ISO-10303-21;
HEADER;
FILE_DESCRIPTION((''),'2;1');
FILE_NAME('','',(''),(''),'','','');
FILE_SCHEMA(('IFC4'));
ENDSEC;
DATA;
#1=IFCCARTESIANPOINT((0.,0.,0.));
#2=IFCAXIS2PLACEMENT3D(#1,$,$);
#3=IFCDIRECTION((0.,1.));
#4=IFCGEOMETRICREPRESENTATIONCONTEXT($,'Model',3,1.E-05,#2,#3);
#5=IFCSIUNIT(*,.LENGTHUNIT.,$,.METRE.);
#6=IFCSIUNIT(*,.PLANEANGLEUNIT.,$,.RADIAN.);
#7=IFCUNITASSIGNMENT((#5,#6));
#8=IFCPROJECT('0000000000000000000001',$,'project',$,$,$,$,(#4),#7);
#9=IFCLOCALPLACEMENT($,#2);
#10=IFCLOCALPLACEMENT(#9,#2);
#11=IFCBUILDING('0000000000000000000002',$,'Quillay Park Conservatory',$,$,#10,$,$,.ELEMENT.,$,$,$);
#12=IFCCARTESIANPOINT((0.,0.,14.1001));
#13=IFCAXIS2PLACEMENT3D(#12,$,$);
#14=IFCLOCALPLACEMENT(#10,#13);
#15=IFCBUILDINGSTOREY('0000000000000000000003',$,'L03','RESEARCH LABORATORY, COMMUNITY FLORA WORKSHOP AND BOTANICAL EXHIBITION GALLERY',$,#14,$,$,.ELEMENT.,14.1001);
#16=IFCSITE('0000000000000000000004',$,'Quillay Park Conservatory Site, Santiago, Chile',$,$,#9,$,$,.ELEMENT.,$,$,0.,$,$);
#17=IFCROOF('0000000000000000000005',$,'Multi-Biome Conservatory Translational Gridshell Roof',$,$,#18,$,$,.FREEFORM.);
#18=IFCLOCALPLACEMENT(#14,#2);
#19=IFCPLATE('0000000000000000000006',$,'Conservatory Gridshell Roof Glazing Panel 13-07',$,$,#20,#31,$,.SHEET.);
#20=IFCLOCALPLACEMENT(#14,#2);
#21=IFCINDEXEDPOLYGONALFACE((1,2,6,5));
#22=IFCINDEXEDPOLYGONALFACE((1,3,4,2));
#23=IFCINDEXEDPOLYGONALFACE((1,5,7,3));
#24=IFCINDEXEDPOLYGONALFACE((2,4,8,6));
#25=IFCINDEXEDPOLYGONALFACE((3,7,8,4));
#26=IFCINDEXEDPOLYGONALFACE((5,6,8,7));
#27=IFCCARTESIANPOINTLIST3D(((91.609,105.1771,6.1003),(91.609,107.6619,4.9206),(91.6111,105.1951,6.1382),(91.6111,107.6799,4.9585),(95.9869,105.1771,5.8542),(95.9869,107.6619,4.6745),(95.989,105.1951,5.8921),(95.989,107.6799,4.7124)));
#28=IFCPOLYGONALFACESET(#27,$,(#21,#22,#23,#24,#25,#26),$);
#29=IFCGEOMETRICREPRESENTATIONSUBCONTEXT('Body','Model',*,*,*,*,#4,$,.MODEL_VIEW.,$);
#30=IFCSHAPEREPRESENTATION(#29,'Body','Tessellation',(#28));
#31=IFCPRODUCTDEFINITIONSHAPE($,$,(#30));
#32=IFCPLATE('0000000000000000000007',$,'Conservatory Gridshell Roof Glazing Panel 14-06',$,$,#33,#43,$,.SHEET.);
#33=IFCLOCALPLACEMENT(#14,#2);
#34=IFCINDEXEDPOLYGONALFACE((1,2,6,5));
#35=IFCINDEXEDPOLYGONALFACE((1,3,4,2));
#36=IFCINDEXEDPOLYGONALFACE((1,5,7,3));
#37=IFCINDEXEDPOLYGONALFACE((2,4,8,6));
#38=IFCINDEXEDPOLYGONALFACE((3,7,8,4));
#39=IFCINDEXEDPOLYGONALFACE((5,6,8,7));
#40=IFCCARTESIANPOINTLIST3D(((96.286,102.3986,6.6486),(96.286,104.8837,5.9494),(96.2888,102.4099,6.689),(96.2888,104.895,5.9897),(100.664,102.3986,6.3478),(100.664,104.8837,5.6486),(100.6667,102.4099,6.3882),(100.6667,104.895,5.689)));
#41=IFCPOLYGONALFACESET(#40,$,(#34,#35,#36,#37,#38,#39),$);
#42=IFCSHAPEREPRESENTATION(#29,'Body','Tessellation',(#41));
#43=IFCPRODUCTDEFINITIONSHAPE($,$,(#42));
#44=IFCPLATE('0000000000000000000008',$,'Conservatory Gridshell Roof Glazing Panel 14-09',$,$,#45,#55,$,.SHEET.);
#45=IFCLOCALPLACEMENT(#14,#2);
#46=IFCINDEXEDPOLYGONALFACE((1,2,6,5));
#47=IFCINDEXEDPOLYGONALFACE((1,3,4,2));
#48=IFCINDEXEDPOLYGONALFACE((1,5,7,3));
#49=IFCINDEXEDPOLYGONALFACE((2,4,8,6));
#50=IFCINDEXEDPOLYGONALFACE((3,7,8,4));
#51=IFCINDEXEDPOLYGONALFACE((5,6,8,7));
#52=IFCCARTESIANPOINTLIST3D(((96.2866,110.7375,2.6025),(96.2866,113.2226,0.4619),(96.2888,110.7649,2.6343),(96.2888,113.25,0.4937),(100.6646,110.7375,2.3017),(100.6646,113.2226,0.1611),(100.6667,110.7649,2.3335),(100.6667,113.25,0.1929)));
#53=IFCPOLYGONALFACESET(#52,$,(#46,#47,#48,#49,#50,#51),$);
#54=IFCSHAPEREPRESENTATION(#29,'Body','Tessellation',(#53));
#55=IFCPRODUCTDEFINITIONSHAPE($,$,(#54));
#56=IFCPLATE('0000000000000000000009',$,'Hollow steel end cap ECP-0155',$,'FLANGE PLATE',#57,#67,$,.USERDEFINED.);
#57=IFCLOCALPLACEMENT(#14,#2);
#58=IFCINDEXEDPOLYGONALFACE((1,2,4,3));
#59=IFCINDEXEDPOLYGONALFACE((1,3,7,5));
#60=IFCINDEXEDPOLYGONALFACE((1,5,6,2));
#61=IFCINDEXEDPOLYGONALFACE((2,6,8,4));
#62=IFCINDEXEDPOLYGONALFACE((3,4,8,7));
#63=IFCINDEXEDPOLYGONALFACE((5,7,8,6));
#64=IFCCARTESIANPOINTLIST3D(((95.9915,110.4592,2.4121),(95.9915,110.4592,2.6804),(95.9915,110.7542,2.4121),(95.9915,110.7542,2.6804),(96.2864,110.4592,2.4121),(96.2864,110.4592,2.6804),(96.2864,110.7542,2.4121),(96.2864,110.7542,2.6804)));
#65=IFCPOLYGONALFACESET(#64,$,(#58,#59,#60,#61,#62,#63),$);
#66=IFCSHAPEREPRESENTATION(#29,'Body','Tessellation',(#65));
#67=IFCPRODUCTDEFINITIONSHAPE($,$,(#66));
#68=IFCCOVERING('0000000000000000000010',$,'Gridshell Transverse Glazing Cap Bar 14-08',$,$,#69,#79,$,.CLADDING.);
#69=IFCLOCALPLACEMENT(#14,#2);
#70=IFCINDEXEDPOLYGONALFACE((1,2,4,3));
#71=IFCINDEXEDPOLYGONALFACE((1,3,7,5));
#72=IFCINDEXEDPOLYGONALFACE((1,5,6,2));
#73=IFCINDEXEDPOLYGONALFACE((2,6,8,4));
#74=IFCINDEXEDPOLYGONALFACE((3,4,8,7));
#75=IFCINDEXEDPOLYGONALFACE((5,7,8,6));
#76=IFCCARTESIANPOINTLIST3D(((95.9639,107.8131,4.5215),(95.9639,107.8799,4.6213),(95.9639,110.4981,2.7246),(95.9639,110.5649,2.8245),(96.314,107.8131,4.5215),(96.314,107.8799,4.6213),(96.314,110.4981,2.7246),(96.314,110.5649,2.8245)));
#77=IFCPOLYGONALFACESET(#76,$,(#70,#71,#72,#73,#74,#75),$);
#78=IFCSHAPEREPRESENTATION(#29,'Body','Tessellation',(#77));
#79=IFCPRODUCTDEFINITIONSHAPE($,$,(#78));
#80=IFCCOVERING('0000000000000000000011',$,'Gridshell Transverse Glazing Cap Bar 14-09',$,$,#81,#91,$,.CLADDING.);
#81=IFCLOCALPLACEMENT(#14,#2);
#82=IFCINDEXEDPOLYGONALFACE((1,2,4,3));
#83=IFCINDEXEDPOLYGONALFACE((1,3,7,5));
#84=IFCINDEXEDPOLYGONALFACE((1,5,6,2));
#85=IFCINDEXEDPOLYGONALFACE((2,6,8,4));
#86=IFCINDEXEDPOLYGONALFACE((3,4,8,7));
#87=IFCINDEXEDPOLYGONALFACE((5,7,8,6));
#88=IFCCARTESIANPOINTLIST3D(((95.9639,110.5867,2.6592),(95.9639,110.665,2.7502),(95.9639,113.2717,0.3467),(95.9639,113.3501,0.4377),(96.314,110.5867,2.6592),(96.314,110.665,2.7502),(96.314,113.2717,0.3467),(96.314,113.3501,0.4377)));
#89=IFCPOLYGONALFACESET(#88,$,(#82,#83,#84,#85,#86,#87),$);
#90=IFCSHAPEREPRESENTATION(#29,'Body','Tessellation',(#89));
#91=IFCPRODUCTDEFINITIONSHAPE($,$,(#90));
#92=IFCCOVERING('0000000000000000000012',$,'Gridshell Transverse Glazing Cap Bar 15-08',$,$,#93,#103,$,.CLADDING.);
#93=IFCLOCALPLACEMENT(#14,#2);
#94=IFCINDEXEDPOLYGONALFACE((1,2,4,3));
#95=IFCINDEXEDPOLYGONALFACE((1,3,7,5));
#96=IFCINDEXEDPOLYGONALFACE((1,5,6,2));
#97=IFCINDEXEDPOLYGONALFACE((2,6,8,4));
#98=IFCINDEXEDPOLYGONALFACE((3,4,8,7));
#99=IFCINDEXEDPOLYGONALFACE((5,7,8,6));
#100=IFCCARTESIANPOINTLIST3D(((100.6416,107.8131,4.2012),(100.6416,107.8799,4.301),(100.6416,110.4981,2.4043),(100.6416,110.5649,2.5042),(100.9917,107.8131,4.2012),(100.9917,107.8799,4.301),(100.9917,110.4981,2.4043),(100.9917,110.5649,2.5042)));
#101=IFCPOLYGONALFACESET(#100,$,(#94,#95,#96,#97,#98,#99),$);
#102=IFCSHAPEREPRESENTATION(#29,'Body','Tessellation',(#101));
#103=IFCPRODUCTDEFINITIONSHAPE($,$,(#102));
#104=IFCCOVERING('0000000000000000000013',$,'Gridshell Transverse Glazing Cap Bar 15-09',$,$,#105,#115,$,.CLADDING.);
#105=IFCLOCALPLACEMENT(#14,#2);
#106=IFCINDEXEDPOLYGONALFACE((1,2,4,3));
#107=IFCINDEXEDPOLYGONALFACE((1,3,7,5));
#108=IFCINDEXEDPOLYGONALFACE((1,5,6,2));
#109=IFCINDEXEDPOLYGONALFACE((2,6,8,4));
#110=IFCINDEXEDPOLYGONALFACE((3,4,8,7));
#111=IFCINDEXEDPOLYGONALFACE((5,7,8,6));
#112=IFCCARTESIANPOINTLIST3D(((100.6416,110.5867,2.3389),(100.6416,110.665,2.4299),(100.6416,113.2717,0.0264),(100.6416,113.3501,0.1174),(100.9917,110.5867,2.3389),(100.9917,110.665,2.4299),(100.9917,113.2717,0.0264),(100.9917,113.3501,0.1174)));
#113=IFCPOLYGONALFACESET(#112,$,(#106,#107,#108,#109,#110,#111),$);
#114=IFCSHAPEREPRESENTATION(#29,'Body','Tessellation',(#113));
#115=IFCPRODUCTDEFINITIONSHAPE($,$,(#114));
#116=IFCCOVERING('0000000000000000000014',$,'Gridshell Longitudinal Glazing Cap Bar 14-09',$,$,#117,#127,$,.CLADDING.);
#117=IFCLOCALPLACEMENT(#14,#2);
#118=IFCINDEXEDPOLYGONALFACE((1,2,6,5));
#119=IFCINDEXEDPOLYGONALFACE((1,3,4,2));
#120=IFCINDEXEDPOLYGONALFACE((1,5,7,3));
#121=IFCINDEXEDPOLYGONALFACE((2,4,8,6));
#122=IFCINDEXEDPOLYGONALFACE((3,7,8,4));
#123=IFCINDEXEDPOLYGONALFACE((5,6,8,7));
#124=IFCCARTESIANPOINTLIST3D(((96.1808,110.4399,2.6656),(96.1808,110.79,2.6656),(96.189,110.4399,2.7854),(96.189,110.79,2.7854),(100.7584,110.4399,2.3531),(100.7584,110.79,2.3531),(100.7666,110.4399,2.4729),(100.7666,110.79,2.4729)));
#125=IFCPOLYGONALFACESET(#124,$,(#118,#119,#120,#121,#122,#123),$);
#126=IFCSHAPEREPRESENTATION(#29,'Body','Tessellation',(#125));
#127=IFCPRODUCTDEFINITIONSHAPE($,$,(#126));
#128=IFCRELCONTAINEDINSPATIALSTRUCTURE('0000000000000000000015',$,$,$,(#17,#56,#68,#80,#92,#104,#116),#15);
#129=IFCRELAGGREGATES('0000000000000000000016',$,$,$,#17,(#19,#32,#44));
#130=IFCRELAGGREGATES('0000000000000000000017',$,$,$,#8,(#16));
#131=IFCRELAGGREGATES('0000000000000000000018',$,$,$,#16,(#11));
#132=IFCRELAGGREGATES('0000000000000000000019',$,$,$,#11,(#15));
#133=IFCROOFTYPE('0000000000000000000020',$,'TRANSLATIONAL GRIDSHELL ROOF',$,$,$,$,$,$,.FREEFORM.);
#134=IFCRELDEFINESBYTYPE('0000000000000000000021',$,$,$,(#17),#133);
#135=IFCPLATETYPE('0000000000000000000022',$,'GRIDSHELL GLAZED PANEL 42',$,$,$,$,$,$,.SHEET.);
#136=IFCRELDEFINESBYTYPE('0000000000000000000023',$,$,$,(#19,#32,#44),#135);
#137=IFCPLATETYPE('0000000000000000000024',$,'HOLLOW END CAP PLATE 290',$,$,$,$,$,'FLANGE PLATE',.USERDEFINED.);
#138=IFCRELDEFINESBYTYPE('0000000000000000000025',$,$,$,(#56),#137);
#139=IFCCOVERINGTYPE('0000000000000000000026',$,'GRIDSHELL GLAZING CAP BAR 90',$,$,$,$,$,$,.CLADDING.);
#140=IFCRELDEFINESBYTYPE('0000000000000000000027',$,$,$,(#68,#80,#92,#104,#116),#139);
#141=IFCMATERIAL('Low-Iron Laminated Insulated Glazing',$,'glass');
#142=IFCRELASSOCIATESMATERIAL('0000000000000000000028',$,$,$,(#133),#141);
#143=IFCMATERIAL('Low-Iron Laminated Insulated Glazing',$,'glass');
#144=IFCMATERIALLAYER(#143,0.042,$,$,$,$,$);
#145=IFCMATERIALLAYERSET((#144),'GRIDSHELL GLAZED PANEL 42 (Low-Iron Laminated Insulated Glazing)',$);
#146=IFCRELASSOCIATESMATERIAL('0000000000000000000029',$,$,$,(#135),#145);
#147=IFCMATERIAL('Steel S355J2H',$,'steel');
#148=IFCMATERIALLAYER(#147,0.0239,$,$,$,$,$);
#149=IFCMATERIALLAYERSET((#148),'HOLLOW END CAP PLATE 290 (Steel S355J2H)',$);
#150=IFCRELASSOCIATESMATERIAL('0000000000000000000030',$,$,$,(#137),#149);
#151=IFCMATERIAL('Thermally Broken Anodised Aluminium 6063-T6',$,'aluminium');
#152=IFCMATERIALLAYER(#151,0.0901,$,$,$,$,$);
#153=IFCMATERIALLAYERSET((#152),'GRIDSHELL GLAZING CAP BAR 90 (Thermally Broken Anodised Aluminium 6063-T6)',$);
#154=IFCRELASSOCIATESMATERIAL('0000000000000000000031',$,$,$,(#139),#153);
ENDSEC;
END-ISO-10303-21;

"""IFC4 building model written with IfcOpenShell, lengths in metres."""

from ifc_helpers import new_model, si_unit, direction, frame, origin, origin_2d, place, context, subcontext, project, spatial, polyline, rectangle, outline, extrude, material, layer, layer_set, type_object, element, aggregate, save


model = new_model("IFC4")

# Units and contexts
model_context = context("Model", 3, precision=1e-05, world=origin(), true_north=direction((0.0, 1.0)))
body_context = subcontext(model_context, "Body", "Model", "MODEL_VIEW")
ifc_project = project(units=[si_unit("LENGTHUNIT", "METRE"), si_unit("PLANEANGLEUNIT", "RADIAN")], contexts=[model_context])

# Site, building, storey
site_placement = place(None, origin())
site = spatial("IfcSite", under=ifc_project, at=site_placement, Name="Quillay Park Conservatory Site, Santiago, Chile", CompositionType="ELEMENT", RefElevation=0.0)
building_placement = place(site_placement, origin())
building = spatial("IfcBuilding", under=site, at=building_placement, Name="Quillay Park Conservatory", CompositionType="ELEMENT")
storey_placement = place(building_placement, frame((0.0, 0.0, 14.1001)))
storey = spatial("IfcBuildingStorey", under=building, at=storey_placement, Name="L03", Description="RESEARCH LABORATORY, COMMUNITY FLORA WORKSHOP AND BOTANICAL EXHIBITION GALLERY", CompositionType="ELEMENT", Elevation=14.1001)

# Roof, plates
ifc_material_1 = material(Name="Low-Iron Laminated Insulated Glazing", Category="glass")
roof_type = type_object("IfcRoofType", Name="TRANSLATIONAL GRIDSHELL ROOF", PredefinedType="FREEFORM", material=ifc_material_1)
roof_placement = place(storey_placement, origin())
roof = element("IfcRoof", 1, at=roof_placement, inside=storey, type_object=roof_type, Name="Multi-Biome Conservatory Translational Gridshell Roof", PredefinedType="FREEFORM")
ifc_material_2 = material(Name="Low-Iron Laminated Insulated Glazing", Category="glass")
ifc_layer_1 = layer(ifc_material_2, 0.042)
ifc_layer_set_1 = layer_set([ifc_layer_1], Name="GRIDSHELL GLAZED PANEL 42 (Low-Iron Laminated Insulated Glazing)")
plate_type_1 = type_object("IfcPlateType", Name="GRIDSHELL GLAZED PANEL 42", PredefinedType="SHEET", material=ifc_layer_set_1)
plate_1_placement = place(storey_placement, frame((91.6111, 105.1951, 6.1382), z_axis=(0.050715, 0.42832, 0.902203), x_axis=(0.998424, 0.0, -0.056124)))
plate_1 = element("IfcPlate", 2, at=plate_1_placement, type_object=plate_type_1, Name="Conservatory Gridshell Roof Glazing Panel 13-07", PredefinedType="SHEET", context=body_context, shape_type="SweptSolid", body=[
    extrude(outline(polyline([(0.0, 0.0), (4.3848, 0.0), (4.451, 2.7499), (0.0662, 2.7499), (0.0, 0.0)])), origin(), (0.0, 0.0, -1.0), 0.042),
])
plate_2_placement = place(storey_placement, frame((96.2888, 102.4099, 6.689), z_axis=(0.065992, 0.270257, 0.960524), x_axis=(0.997648, 0.0, -0.068542)))
plate_2 = element("IfcPlate", 3, at=plate_2_placement, type_object=plate_type_1, Name="Conservatory Gridshell Roof Glazing Panel 14-06", PredefinedType="SHEET", context=body_context, shape_type="SweptSolid", body=[
    extrude(outline(polyline([(0.0, 0.0), (4.3882, 0.0), (4.4362, 2.5812), (0.0479, 2.5812), (0.0, 0.0)])), origin(), (0.0, 0.0, -1.0), 0.042),
])
plate_3_placement = place(storey_placement, frame((96.2888, 110.7649, 2.6343), z_axis=(0.051984, 0.651758, 0.756643), x_axis=(0.997648, 0.0, -0.068542)))
plate_3 = element("IfcPlate", 4, at=plate_3_placement, type_object=plate_type_1, Name="Conservatory Gridshell Roof Glazing Panel 14-09", PredefinedType="SHEET", context=body_context, shape_type="SweptSolid", body=[
    extrude(outline(polyline([(0.0, 0.0), (4.3882, 0.0), (4.535, 3.2767), (0.1467, 3.2767), (0.0, 0.0)])), origin(), (0.0, 0.0, -1.0), 0.042),
])
aggregate(roof, [plate_1, plate_2, plate_3])

# Plate
ifc_material_3 = material(Name="Steel S355J2H", Category="steel")
ifc_layer_2 = layer(ifc_material_3, 0.0239)
ifc_layer_set_2 = layer_set([ifc_layer_2], Name="HOLLOW END CAP PLATE 290 (Steel S355J2H)")
plate_type_2 = type_object("IfcPlateType", Name="HOLLOW END CAP PLATE 290", ElementType="FLANGE PLATE", PredefinedType="USERDEFINED", material=ifc_layer_set_2)
plate_4_placement = place(storey_placement, frame((96.1389, 110.6067, 2.4121), z_axis=(0.0, 0.0, 1.0), x_axis=(1.0, 0.0, 0.0)))
element("IfcPlate", 5, at=plate_4_placement, inside=storey, type_object=plate_type_2, Name="Hollow steel end cap ECP-0155", ObjectType="FLANGE PLATE", PredefinedType="USERDEFINED", context=body_context, shape_type="SweptSolid", body=[
    extrude(rectangle(XDim=0.2949, YDim=0.2949, at=origin_2d()), origin(), (0.0, 0.0, 1.0), 0.2683),
])

# Coverings
ifc_material_4 = material(Name="Thermally Broken Anodised Aluminium 6063-T6", Category="aluminium")
ifc_layer_3 = layer(ifc_material_4, 0.0901)
ifc_layer_set_3 = layer_set([ifc_layer_3], Name="GRIDSHELL GLAZING CAP BAR 90 (Thermally Broken Anodised Aluminium 6063-T6)")
covering_type = type_object("IfcCoveringType", Name="GRIDSHELL GLAZING CAP BAR 90", PredefinedType="CLADDING", material=ifc_layer_set_3)
covering_1_placement = place(storey_placement, frame((95.9639, 107.8799, 4.6213), z_axis=(0.0, 0.556164, 0.831072), x_axis=(1.0, 0.0, 0.0)))
element("IfcCovering", 6, at=covering_1_placement, inside=storey, type_object=covering_type, Name="Gridshell Transverse Glazing Cap Bar 14-08", PredefinedType="CLADDING", context=body_context, shape_type="SweptSolid", body=[
    extrude(outline(polyline([(0.0, 0.0), (0.3501, 0.0), (0.3501, 3.2308), (0.0, 3.2308), (0.0, 0.0)])), origin(), (0.0, 0.0, -1.0), 0.1201),
])
covering_2_placement = place(storey_placement, frame((95.9639, 110.665, 2.7502), z_axis=(0.0, 0.652582, 0.757718), x_axis=(1.0, 0.0, 0.0)))
element("IfcCovering", 7, at=covering_2_placement, inside=storey, type_object=covering_type, Name="Gridshell Transverse Glazing Cap Bar 14-09", PredefinedType="CLADDING", context=body_context, shape_type="SweptSolid", body=[
    extrude(outline(polyline([(0.0, 0.0), (0.3501, 0.0), (0.3501, 3.5436), (0.0, 3.5436), (0.0, 0.0)])), origin(), (0.0, 0.0, -1.0), 0.1201),
])
covering_3_placement = place(storey_placement, frame((100.6416, 107.8799, 4.301), z_axis=(0.0, 0.556164, 0.831072), x_axis=(1.0, 0.0, 0.0)))
element("IfcCovering", 8, at=covering_3_placement, inside=storey, type_object=covering_type, Name="Gridshell Transverse Glazing Cap Bar 15-08", PredefinedType="CLADDING", context=body_context, shape_type="SweptSolid", body=[
    extrude(outline(polyline([(0.0, 0.0), (0.3501, 0.0), (0.3501, 3.2308), (0.0, 3.2308), (0.0, 0.0)])), origin(), (0.0, 0.0, -1.0), 0.1201),
])
covering_4_placement = place(storey_placement, frame((100.6416, 110.665, 2.4299), z_axis=(0.0, 0.652582, 0.757718), x_axis=(1.0, 0.0, 0.0)))
element("IfcCovering", 9, at=covering_4_placement, inside=storey, type_object=covering_type, Name="Gridshell Transverse Glazing Cap Bar 15-09", PredefinedType="CLADDING", context=body_context, shape_type="SweptSolid", body=[
    extrude(outline(polyline([(0.0, 0.0), (0.3501, 0.0), (0.3501, 3.5436), (0.0, 3.5436), (0.0, 0.0)])), origin(), (0.0, 0.0, -1.0), 0.1201),
])
covering_5_placement = place(storey_placement, frame((96.189, 110.4399, 2.7854), z_axis=(0.068108, 0.0, 0.997678), x_axis=(0.997678, 0.0, -0.068108)))
element("IfcCovering", 10, at=covering_5_placement, inside=storey, type_object=covering_type, Name="Gridshell Longitudinal Glazing Cap Bar 14-09", PredefinedType="CLADDING", context=body_context, shape_type="SweptSolid", body=[
    extrude(outline(polyline([(0.0, 0.0), (4.5883, 0.0), (4.5883, 0.3501), (0.0, 0.3501), (0.0, 0.0)])), origin(), (0.0, 0.0, -1.0), 0.1201),
])

save(model, "model.ifc")
